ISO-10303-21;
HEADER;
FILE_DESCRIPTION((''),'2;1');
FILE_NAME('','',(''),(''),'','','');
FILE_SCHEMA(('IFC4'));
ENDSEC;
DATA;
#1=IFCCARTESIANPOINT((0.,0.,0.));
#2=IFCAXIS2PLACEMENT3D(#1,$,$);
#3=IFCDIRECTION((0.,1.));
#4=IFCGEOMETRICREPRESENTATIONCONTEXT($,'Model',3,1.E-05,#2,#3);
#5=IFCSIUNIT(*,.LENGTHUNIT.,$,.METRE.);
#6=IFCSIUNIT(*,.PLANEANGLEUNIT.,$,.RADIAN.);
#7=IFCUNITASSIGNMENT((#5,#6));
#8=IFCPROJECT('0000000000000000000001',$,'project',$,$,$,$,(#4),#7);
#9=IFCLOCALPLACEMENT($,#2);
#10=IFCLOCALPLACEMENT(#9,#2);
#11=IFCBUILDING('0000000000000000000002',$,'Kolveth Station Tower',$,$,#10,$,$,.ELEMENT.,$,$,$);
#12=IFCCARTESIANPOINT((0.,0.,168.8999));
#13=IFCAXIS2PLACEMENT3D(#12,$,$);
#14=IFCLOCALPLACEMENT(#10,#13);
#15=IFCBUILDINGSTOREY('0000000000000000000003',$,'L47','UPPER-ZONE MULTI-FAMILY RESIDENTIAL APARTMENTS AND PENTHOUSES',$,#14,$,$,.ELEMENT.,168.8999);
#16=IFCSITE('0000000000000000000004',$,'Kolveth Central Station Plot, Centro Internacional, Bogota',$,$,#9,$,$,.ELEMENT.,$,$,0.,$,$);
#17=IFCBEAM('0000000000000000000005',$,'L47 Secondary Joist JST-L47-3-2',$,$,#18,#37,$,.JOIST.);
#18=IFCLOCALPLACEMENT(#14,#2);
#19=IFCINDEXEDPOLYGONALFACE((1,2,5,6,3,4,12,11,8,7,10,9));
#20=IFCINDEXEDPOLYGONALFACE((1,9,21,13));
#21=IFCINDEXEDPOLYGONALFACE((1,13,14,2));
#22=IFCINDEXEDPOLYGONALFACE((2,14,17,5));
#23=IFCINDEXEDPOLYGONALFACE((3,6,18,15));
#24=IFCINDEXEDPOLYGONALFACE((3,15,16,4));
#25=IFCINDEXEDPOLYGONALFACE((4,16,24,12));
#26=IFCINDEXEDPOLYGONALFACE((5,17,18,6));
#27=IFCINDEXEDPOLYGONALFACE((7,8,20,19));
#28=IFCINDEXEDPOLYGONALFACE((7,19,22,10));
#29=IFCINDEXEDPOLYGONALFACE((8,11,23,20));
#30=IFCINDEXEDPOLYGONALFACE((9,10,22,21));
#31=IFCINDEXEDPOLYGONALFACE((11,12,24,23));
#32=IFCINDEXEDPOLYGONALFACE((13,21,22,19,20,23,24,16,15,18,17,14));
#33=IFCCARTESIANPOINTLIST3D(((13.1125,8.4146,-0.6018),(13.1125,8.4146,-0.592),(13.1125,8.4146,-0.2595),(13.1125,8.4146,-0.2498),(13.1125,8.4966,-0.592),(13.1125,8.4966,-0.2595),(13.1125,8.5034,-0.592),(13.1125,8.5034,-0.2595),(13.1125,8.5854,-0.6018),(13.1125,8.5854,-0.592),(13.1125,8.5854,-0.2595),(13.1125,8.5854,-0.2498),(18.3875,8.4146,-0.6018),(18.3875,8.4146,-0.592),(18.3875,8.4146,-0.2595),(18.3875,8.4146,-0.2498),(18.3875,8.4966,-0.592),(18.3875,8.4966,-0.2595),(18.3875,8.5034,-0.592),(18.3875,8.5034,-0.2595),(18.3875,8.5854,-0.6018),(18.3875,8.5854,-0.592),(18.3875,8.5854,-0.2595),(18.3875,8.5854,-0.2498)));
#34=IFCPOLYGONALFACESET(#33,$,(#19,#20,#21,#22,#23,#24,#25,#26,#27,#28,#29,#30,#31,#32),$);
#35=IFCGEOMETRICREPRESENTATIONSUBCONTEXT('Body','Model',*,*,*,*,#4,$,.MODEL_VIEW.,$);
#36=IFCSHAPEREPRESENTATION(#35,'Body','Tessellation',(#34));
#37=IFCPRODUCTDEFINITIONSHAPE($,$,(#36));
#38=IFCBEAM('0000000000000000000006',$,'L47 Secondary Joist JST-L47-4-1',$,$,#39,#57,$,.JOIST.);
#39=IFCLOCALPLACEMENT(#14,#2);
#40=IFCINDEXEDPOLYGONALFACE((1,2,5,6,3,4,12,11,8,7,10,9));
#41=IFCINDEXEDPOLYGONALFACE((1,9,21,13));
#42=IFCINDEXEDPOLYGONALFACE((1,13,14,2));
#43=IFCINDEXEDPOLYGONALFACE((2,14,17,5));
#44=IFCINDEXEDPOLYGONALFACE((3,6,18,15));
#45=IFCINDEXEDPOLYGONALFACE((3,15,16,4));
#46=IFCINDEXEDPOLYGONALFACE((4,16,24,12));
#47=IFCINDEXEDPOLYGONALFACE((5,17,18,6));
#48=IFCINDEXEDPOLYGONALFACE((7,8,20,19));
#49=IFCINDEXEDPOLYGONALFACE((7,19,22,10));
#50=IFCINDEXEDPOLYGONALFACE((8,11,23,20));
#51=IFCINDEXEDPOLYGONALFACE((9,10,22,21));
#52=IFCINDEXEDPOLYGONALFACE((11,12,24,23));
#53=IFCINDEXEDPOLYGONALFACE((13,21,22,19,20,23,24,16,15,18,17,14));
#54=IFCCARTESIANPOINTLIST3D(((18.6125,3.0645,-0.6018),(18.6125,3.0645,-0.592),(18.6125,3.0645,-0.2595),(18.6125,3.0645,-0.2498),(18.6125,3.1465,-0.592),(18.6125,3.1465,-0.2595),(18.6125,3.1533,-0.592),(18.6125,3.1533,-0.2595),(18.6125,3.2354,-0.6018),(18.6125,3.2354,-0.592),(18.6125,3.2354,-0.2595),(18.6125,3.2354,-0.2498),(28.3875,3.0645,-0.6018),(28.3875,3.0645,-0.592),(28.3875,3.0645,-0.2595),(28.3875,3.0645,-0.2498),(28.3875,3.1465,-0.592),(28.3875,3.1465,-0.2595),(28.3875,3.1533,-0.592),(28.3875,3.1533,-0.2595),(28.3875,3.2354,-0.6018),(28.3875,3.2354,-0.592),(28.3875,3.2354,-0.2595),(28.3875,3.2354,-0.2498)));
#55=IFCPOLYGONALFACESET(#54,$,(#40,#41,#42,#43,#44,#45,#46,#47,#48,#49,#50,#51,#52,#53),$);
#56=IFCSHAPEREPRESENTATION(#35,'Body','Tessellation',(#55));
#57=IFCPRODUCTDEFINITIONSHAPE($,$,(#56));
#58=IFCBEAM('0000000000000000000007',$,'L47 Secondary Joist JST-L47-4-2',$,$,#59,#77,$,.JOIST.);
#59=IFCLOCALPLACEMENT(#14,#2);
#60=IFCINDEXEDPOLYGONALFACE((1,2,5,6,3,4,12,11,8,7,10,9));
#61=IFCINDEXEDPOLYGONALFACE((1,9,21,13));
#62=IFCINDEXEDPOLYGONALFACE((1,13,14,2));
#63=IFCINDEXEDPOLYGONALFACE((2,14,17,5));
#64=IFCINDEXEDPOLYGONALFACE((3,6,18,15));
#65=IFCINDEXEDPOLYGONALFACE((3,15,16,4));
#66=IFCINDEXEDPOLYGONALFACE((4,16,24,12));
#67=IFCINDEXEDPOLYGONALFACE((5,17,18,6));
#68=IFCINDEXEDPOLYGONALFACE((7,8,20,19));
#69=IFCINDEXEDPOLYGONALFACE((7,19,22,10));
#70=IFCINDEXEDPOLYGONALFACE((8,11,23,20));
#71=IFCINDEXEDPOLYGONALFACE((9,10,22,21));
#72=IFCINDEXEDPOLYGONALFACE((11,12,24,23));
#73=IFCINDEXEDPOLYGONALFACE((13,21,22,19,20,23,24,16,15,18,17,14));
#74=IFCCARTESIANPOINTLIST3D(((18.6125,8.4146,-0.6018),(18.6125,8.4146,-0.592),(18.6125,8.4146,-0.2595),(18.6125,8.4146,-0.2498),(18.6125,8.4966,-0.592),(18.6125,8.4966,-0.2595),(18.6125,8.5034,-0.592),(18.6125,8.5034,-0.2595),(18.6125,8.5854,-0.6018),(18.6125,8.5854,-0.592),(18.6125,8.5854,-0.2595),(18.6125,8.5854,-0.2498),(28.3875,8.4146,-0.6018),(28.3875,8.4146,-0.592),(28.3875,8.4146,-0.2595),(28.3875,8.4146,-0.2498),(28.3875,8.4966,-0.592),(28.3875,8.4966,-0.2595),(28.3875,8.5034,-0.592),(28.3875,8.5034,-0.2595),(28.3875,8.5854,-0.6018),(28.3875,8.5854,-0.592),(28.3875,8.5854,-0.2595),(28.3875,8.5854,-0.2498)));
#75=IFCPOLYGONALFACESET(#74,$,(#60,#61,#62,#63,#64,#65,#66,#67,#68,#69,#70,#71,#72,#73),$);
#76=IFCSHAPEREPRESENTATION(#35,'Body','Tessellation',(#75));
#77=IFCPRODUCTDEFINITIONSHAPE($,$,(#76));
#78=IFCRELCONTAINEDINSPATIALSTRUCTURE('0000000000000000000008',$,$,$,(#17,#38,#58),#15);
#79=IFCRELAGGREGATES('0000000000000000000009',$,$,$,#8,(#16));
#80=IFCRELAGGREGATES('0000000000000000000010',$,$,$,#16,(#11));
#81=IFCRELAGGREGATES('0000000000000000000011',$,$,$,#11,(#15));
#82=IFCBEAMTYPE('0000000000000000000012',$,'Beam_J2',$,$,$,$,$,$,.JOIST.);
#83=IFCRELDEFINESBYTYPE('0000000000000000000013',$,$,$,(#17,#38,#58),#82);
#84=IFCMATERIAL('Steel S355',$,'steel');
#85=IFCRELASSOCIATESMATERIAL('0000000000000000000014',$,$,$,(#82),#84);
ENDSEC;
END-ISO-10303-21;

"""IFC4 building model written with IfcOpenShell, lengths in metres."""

from ifc_helpers import new_model, si_unit, direction, frame, origin, origin_2d, place, context, subcontext, project, spatial, i_section, extrude, source, transform, mapped, material, material_profile, profile_set, type_object, element, save


model = new_model("IFC4")

# Units and contexts
model_context = context("Model", 3, precision=1e-05, world=origin(), true_north=direction((0.0, 1.0)))
body_context = subcontext(model_context, "Body", "Model", "MODEL_VIEW")
ifc_project = project(units=[si_unit("LENGTHUNIT", "METRE"), si_unit("PLANEANGLEUNIT", "RADIAN")], contexts=[model_context])

# Site, building, storey
site_placement = place(None, origin())
site = spatial("IfcSite", under=ifc_project, at=site_placement, Name="Kolveth Central Station Plot, Centro Internacional, Bogota", CompositionType="ELEMENT", RefElevation=0.0)
building_placement = place(site_placement, origin())
building = spatial("IfcBuilding", under=site, at=building_placement, Name="Kolveth Station Tower", CompositionType="ELEMENT")
storey_placement = place(building_placement, frame((0.0, 0.0, 168.8999)))
storey = spatial("IfcBuildingStorey", under=building, at=storey_placement, Name="L47", Description="UPPER-ZONE MULTI-FAMILY RESIDENTIAL APARTMENTS AND PENTHOUSES", CompositionType="ELEMENT", Elevation=168.8999)

# Shared definitions
ifc_material = material(Name="Steel S355", Category="steel")

# Beams
ifc_material_profile_1 = material_profile(ifc_material, i_section(OverallWidth=0.1709, OverallDepth=0.3521, WebThickness=0.0068, FlangeThickness=0.0098, at=origin_2d()), Name="W360x44")
ifc_profile_set_1 = profile_set([ifc_material_profile_1], Name="Steel S355")
beam_type_1 = type_object("IfcBeamType", Name="Beam_J2", PredefinedType="JOIST", material=ifc_profile_set_1)
shared_shape_1 = source(origin(), body_context, "Body", "SweptSolid", [
    extrude(i_section(OverallWidth=0.1709, OverallDepth=0.3521, WebThickness=0.0068, FlangeThickness=0.0098, at=origin_2d()), origin(), (0.0, 0.0, 1.0), 5.2749),
])
for number, where, z_axis, x_axis, name in (
    (1, (13.1125, 8.5, -0.4258), (1.0, 0.0, 0.0), (0.0, 1.0, 0.0), "L47 Secondary Joist JST-L47-3-2"),
):
    element("IfcBeam", number, at=place(storey_placement, frame(where, z_axis=z_axis, x_axis=x_axis)), inside=storey, type_object=beam_type_1, Name=name, PredefinedType="JOIST", context=body_context, shape_type="MappedRepresentation", body=[
        mapped(shared_shape_1, transform((0.0, 0.0, 0.0), x_axis=(1.0, 0.0, 0.0), y_axis=(0.0, 1.0, 0.0), z_axis=(0.0, 0.0, 1.0), scale=1.0)),
    ])
shared_shape_2 = source(origin(), body_context, "Body", "SweptSolid", [
    extrude(i_section(OverallWidth=0.1709, OverallDepth=0.3521, WebThickness=0.0068, FlangeThickness=0.0098, at=origin_2d()), origin(), (0.0, 0.0, 1.0), 9.7749),
])
for number, where, z_axis, x_axis, name in (
    (2, (18.6125, 3.1499, -0.4258), (1.0, 0.0, 0.0), (0.0, 1.0, 0.0), "L47 Secondary Joist JST-L47-4-1"),
    (3, (18.6125, 8.5, -0.4258), (1.0, 0.0, 0.0), (0.0, 1.0, 0.0), "L47 Secondary Joist JST-L47-4-2"),
):
    element("IfcBeam", number, at=place(storey_placement, frame(where, z_axis=z_axis, x_axis=x_axis)), inside=storey, type_object=beam_type_1, Name=name, PredefinedType="JOIST", context=body_context, shape_type="MappedRepresentation", body=[
        mapped(shared_shape_2, transform((0.0, 0.0, 0.0), x_axis=(1.0, 0.0, 0.0), y_axis=(0.0, 1.0, 0.0), z_axis=(0.0, 0.0, 1.0), scale=1.0)),
    ])

save(model, "model.ifc")
